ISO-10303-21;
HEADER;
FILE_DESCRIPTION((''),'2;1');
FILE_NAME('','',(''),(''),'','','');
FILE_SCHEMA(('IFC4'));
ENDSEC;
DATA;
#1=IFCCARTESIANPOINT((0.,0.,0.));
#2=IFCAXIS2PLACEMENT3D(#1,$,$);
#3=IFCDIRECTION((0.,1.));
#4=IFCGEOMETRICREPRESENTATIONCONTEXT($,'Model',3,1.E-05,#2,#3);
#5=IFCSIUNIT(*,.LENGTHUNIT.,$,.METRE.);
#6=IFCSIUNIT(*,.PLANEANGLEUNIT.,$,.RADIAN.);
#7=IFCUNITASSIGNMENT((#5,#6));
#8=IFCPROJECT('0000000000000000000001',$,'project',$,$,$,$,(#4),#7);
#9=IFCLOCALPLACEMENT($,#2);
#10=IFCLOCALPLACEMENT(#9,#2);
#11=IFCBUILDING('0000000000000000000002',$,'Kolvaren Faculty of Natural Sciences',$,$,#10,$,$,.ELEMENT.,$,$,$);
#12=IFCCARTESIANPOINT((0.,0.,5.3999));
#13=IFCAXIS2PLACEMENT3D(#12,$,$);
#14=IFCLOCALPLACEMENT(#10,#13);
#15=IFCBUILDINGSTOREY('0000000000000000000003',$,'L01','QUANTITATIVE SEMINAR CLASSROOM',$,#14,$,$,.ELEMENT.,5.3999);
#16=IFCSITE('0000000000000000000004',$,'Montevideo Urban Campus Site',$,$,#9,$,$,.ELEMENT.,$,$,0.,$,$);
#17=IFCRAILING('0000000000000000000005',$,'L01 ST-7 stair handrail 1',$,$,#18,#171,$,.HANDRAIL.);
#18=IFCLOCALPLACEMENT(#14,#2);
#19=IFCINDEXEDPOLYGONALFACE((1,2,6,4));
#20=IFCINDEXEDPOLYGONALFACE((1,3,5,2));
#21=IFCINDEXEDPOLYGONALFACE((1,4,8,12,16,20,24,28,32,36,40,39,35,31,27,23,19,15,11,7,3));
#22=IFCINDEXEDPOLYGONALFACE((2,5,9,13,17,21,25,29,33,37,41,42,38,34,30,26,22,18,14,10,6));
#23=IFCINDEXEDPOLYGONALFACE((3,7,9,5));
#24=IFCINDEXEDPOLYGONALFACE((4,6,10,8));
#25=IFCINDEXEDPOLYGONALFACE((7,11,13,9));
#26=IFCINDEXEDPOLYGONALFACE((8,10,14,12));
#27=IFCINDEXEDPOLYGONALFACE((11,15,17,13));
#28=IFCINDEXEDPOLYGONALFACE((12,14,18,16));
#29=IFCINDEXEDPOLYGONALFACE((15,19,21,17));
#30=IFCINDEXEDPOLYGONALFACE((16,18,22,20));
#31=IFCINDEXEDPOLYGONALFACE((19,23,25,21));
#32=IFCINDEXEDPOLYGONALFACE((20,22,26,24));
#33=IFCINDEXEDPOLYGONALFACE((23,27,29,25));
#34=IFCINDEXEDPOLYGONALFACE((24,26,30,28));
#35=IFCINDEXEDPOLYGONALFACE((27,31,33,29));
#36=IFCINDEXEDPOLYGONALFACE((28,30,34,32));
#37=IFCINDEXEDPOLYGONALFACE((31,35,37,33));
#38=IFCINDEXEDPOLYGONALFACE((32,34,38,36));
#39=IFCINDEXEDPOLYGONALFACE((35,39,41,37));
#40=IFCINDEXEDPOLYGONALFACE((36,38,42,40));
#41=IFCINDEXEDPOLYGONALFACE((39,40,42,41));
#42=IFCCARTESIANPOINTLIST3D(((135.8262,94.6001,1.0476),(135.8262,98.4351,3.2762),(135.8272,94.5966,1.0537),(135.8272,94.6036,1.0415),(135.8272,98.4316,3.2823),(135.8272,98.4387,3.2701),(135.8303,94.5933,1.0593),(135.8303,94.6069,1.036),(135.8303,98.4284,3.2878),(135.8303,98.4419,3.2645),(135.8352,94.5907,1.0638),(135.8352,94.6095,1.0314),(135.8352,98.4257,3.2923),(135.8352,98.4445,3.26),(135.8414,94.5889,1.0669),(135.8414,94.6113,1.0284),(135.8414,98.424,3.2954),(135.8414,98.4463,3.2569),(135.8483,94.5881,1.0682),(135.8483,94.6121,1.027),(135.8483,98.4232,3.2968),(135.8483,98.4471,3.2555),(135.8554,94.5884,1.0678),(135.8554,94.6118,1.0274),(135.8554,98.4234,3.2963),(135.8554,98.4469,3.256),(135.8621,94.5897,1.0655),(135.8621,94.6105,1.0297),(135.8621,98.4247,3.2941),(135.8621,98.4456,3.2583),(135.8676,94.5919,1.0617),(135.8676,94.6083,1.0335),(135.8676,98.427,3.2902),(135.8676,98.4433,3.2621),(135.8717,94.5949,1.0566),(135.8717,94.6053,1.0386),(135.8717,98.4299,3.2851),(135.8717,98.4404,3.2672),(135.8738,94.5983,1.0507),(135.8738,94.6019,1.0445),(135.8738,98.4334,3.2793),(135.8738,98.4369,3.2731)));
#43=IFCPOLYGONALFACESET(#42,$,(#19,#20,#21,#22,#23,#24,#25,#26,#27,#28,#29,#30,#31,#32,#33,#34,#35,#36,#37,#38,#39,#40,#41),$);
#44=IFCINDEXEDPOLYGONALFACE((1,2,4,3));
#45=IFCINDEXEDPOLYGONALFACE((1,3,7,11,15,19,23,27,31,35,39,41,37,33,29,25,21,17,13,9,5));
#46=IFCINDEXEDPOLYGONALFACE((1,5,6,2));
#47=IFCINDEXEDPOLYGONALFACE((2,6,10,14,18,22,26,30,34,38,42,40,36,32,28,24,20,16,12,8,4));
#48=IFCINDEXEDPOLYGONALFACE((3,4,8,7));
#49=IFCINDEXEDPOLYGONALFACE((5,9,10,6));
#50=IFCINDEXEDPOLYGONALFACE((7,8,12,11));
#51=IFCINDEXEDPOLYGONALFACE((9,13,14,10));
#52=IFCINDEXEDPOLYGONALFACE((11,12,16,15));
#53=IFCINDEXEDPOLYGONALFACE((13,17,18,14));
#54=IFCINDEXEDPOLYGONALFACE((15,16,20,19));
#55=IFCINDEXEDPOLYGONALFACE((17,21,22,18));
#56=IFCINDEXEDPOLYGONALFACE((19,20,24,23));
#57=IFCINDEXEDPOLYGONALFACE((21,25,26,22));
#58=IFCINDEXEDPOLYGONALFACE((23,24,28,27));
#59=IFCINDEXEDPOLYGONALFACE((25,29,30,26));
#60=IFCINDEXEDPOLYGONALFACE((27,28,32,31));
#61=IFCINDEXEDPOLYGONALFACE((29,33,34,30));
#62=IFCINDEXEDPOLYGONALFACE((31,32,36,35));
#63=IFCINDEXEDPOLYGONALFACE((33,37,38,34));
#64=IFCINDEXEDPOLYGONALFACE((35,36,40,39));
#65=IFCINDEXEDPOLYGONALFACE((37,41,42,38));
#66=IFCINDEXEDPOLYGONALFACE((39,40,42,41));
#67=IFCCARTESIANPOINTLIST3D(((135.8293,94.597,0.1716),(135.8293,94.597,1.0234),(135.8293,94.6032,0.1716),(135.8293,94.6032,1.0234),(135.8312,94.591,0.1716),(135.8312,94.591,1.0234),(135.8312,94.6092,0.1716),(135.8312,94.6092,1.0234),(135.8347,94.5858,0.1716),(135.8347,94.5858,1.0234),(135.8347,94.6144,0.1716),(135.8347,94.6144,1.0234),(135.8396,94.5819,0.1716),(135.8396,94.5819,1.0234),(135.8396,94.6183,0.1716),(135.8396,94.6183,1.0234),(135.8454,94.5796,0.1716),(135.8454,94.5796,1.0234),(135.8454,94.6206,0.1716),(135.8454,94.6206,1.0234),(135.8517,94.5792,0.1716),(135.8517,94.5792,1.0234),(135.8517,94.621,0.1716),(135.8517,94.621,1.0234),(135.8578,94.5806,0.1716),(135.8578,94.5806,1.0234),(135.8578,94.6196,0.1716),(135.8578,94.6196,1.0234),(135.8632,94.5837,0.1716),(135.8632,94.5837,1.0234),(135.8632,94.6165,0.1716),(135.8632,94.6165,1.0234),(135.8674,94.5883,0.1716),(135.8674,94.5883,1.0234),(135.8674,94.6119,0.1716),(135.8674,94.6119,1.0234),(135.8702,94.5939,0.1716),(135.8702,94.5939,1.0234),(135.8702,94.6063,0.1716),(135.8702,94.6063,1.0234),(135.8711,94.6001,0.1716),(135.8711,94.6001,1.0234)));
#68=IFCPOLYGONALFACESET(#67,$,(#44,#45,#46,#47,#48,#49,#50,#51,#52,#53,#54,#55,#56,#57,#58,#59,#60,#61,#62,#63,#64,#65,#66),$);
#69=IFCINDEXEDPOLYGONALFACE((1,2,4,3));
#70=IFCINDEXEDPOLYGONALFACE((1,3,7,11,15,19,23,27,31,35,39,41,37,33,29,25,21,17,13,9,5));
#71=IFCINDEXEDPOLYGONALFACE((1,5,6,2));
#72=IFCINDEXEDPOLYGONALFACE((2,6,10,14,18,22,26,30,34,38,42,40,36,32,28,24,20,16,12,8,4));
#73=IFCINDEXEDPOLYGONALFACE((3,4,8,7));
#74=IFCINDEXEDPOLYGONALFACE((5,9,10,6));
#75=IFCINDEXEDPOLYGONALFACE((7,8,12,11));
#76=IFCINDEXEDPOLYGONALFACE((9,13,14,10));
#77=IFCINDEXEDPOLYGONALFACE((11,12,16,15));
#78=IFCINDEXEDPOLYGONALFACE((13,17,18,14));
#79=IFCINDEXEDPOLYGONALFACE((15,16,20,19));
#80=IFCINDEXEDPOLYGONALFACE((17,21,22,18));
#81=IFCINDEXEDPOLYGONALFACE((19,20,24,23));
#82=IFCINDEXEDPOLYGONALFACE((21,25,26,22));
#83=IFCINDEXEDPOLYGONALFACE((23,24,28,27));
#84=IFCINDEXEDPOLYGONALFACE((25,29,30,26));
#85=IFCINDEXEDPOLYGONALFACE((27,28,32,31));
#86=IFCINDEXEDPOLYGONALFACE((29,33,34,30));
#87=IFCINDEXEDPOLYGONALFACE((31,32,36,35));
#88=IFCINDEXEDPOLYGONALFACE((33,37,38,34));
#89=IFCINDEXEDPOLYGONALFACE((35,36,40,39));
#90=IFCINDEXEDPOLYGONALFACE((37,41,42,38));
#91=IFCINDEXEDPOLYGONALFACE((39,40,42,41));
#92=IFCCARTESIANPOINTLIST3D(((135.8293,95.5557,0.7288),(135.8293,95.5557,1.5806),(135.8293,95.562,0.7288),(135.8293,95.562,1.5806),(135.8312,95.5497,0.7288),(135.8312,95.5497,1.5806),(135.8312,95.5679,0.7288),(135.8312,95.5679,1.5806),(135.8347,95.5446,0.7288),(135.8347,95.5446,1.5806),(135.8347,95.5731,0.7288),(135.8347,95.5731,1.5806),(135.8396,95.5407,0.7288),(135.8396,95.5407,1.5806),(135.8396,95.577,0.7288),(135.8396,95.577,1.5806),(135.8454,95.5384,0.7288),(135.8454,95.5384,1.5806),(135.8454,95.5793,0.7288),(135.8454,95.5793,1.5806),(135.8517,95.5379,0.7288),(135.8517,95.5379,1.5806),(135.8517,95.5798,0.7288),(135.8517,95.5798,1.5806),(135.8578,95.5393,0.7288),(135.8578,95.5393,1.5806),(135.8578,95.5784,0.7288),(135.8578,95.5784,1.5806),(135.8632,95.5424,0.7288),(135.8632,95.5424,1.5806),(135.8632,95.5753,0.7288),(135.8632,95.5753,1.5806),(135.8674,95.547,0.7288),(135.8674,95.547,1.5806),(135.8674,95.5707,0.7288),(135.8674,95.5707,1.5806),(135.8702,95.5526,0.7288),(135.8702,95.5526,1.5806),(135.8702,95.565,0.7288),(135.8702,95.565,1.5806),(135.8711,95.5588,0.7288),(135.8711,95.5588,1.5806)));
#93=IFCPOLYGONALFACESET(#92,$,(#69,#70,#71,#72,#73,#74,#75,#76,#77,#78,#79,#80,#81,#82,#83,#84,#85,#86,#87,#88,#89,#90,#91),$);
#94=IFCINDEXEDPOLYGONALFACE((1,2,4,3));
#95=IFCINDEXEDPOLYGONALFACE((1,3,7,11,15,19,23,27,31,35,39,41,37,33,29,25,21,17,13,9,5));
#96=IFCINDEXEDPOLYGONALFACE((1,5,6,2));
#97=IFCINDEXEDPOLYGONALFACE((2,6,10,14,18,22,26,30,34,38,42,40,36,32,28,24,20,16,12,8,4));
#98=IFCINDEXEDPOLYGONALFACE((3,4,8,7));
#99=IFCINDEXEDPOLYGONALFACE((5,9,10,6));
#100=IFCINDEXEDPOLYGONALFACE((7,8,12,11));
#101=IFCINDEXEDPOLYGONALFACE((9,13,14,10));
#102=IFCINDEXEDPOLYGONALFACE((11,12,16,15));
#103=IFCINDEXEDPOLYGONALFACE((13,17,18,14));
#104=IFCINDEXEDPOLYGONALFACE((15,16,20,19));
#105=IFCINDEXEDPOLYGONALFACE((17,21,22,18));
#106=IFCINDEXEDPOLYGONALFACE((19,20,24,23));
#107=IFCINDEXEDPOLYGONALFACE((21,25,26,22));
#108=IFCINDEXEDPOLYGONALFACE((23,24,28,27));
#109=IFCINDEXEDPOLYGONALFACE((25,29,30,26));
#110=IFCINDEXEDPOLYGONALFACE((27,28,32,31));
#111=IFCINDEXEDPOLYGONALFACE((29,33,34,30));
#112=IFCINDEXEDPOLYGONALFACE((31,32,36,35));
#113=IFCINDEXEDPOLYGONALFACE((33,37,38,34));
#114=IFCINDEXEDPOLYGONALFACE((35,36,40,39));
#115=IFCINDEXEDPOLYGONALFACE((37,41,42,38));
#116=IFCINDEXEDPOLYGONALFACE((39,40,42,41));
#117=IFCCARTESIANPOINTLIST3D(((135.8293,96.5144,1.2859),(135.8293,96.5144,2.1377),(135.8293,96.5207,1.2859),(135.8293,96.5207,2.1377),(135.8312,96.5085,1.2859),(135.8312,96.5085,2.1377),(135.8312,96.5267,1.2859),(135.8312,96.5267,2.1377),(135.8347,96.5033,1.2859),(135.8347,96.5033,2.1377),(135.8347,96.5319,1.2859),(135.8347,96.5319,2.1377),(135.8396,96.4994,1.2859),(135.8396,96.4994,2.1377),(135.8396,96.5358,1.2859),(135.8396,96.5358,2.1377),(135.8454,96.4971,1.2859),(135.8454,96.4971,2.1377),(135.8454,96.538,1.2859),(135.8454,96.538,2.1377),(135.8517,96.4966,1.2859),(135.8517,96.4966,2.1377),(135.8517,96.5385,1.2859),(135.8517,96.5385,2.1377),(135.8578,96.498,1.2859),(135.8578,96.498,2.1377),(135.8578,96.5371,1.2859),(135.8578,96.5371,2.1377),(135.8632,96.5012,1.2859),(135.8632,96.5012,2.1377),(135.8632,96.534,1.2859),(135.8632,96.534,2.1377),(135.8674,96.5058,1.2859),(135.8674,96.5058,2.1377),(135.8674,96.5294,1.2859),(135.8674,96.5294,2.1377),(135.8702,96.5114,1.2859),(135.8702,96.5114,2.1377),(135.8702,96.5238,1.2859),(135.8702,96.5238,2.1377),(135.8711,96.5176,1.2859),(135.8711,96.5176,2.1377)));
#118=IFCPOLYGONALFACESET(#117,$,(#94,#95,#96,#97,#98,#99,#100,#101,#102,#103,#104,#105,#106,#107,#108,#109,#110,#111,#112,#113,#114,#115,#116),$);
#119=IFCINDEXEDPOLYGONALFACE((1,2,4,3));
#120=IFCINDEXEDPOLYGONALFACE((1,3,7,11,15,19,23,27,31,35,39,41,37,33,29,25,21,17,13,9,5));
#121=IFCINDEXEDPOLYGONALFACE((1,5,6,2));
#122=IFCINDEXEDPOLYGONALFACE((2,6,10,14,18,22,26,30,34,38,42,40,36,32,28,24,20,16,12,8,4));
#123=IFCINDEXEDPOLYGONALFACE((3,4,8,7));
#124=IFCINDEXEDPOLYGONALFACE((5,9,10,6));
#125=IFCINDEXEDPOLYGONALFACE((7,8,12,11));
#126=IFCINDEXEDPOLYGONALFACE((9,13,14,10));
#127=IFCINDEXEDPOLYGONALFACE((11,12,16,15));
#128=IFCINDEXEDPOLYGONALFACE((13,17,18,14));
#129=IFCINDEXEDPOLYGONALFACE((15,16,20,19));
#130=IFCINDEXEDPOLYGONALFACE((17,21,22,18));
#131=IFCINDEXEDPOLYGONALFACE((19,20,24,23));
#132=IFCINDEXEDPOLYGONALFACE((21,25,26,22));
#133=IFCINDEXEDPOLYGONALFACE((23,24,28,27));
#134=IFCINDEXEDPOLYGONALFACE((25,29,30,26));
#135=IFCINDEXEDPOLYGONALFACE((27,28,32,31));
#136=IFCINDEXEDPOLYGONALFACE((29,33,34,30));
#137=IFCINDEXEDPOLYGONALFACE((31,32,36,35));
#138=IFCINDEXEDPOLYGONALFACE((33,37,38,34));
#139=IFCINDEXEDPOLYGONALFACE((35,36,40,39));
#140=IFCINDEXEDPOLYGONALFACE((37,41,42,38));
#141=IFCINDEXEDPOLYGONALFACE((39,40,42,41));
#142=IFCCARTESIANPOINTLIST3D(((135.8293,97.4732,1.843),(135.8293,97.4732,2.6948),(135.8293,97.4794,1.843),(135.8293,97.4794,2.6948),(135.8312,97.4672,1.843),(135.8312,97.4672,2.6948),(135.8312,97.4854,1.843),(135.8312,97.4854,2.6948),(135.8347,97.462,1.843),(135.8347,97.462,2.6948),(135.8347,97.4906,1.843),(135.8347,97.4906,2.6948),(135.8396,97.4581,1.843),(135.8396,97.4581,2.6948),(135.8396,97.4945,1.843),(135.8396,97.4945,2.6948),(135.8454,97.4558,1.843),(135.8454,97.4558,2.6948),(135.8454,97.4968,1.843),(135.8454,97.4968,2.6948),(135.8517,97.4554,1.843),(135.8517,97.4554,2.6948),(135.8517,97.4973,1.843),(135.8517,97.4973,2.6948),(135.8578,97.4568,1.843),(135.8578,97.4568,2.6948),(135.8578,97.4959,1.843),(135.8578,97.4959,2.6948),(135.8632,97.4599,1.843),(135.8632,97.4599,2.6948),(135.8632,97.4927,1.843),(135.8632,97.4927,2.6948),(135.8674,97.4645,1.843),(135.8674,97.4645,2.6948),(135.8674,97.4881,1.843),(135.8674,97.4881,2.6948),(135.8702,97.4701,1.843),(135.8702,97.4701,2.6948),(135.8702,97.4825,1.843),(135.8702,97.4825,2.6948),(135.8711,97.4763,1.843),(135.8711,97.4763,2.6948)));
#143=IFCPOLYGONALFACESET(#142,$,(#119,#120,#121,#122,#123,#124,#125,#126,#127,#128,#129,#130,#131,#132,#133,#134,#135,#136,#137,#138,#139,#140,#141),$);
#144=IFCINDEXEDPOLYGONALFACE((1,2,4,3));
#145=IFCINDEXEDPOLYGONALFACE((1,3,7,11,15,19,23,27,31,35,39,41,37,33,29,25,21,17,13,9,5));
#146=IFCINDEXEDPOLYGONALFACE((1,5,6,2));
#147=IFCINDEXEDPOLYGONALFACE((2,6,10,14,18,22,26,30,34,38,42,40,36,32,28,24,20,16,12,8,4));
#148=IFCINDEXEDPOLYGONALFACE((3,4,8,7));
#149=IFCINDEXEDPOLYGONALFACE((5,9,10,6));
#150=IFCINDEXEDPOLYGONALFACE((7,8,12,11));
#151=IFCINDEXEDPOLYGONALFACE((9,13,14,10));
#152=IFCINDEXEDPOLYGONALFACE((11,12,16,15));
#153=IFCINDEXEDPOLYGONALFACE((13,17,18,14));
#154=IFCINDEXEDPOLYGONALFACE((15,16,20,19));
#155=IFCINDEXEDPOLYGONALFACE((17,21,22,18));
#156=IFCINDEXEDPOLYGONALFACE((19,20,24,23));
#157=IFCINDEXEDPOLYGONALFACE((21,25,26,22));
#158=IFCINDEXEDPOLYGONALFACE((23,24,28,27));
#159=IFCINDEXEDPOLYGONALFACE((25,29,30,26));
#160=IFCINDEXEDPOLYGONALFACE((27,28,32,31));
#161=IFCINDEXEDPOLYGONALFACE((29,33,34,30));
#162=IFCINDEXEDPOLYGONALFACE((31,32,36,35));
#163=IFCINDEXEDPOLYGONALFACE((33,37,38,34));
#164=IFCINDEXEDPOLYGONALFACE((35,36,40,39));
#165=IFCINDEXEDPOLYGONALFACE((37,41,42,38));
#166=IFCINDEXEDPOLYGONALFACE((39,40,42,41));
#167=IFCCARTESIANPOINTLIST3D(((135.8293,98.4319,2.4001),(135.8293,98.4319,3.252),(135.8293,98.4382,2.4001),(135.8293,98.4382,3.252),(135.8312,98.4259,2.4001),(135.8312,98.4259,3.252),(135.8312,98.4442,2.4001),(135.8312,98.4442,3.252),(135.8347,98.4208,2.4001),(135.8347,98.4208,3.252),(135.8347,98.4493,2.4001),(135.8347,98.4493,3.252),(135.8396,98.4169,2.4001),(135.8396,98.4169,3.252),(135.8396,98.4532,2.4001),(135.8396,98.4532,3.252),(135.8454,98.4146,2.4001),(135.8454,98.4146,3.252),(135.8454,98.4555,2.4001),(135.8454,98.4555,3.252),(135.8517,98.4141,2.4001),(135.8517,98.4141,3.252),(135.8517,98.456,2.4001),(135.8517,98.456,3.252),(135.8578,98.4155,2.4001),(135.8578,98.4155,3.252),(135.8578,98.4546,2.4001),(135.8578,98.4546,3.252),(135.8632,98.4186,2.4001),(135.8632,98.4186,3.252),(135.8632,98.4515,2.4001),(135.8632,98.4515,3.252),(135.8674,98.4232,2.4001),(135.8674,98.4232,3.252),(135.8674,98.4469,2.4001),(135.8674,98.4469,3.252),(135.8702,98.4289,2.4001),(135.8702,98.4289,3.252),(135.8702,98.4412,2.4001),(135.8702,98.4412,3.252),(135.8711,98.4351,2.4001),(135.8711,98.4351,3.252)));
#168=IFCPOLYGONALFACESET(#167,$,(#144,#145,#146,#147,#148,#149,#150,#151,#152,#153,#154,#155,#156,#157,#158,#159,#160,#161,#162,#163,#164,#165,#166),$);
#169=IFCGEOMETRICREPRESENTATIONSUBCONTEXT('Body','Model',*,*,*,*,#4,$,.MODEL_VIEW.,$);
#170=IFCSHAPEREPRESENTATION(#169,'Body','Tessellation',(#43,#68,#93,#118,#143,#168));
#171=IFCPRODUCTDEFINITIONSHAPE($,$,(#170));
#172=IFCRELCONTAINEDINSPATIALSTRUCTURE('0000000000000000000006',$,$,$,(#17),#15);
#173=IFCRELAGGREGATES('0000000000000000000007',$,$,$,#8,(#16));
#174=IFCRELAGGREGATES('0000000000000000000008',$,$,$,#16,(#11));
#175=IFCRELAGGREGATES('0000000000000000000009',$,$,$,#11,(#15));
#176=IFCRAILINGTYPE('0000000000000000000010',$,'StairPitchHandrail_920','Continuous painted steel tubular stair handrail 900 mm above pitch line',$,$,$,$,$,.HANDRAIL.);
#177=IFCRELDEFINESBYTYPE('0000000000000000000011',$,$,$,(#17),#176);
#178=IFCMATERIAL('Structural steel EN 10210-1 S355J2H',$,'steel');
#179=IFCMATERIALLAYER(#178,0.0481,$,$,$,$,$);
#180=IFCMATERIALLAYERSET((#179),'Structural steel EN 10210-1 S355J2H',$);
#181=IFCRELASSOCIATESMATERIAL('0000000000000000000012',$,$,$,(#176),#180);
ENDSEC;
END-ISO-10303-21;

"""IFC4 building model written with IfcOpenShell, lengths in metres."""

from ifc_helpers import new_model, si_unit, direction, frame, origin, origin_2d, place, context, subcontext, project, spatial, circle, extrude, material, layer, layer_set, type_object, element, save


model = new_model("IFC4")

# Units and contexts
model_context = context("Model", 3, precision=1e-05, world=origin(), true_north=direction((0.0, 1.0)))
body_context = subcontext(model_context, "Body", "Model", "MODEL_VIEW")
ifc_project = project(units=[si_unit("LENGTHUNIT", "METRE"), si_unit("PLANEANGLEUNIT", "RADIAN")], contexts=[model_context])

# Site, building, storey
site_placement = place(None, origin())
site = spatial("IfcSite", under=ifc_project, at=site_placement, Name="Montevideo Urban Campus Site", CompositionType="ELEMENT", RefElevation=0.0)
building_placement = place(site_placement, origin())
building = spatial("IfcBuilding", under=site, at=building_placement, Name="Kolvaren Faculty of Natural Sciences", CompositionType="ELEMENT")
storey_placement = place(building_placement, frame((0.0, 0.0, 5.3999)))
storey = spatial("IfcBuildingStorey", under=building, at=storey_placement, Name="L01", Description="QUANTITATIVE SEMINAR CLASSROOM", CompositionType="ELEMENT", Elevation=5.3999)

# Railing
ifc_material_1 = material(Name="Structural steel EN 10210-1 S355J2H", Category="steel")
ifc_layer_1 = layer(ifc_material_1, 0.0481)
ifc_layer_set_1 = layer_set([ifc_layer_1], Name="Structural steel EN 10210-1 S355J2H")
railing_type_1 = type_object("IfcRailingType", Name="StairPitchHandrail_920", Description="Continuous painted steel tubular stair handrail 900 mm above pitch line", PredefinedType="HANDRAIL", material=ifc_layer_set_1)
railing_1_placement = place(storey_placement, frame((135.8501, 94.6001, 0.1716)))
element("IfcRailing", 1, at=railing_1_placement, inside=storey, type_object=railing_type_1, Name="L01 ST-7 stair handrail 1", PredefinedType="HANDRAIL", context=body_context, shape_type="SweptSolid", body=[
    extrude(circle(Radius=0.0239, at=origin_2d()), frame((0.0, 0.0, 0.876), z_axis=(0.0, 0.864616, 0.502433), x_axis=(-1.0, 0.0, 0.0)), (0.0, 0.0, 1.0), 4.4355),
    extrude(circle(Radius=0.021, at=origin_2d()), origin(), (0.0, 0.0, 1.0), 0.8518),
    extrude(circle(Radius=0.021, at=origin_2d()), frame((0.0, 0.9587, 0.5571)), (0.0, 0.0, 1.0), 0.8518),
    extrude(circle(Radius=0.021, at=origin_2d()), frame((0.0, 1.9175, 1.1143)), (0.0, 0.0, 1.0), 0.8518),
    extrude(circle(Radius=0.021, at=origin_2d()), frame((0.0, 2.8762, 1.6714)), (0.0, 0.0, 1.0), 0.8518),
    extrude(circle(Radius=0.021, at=origin_2d()), frame((0.0, 3.835, 2.2285)), (0.0, 0.0, 1.0), 0.8518),
])

save(model, "model.ifc")
